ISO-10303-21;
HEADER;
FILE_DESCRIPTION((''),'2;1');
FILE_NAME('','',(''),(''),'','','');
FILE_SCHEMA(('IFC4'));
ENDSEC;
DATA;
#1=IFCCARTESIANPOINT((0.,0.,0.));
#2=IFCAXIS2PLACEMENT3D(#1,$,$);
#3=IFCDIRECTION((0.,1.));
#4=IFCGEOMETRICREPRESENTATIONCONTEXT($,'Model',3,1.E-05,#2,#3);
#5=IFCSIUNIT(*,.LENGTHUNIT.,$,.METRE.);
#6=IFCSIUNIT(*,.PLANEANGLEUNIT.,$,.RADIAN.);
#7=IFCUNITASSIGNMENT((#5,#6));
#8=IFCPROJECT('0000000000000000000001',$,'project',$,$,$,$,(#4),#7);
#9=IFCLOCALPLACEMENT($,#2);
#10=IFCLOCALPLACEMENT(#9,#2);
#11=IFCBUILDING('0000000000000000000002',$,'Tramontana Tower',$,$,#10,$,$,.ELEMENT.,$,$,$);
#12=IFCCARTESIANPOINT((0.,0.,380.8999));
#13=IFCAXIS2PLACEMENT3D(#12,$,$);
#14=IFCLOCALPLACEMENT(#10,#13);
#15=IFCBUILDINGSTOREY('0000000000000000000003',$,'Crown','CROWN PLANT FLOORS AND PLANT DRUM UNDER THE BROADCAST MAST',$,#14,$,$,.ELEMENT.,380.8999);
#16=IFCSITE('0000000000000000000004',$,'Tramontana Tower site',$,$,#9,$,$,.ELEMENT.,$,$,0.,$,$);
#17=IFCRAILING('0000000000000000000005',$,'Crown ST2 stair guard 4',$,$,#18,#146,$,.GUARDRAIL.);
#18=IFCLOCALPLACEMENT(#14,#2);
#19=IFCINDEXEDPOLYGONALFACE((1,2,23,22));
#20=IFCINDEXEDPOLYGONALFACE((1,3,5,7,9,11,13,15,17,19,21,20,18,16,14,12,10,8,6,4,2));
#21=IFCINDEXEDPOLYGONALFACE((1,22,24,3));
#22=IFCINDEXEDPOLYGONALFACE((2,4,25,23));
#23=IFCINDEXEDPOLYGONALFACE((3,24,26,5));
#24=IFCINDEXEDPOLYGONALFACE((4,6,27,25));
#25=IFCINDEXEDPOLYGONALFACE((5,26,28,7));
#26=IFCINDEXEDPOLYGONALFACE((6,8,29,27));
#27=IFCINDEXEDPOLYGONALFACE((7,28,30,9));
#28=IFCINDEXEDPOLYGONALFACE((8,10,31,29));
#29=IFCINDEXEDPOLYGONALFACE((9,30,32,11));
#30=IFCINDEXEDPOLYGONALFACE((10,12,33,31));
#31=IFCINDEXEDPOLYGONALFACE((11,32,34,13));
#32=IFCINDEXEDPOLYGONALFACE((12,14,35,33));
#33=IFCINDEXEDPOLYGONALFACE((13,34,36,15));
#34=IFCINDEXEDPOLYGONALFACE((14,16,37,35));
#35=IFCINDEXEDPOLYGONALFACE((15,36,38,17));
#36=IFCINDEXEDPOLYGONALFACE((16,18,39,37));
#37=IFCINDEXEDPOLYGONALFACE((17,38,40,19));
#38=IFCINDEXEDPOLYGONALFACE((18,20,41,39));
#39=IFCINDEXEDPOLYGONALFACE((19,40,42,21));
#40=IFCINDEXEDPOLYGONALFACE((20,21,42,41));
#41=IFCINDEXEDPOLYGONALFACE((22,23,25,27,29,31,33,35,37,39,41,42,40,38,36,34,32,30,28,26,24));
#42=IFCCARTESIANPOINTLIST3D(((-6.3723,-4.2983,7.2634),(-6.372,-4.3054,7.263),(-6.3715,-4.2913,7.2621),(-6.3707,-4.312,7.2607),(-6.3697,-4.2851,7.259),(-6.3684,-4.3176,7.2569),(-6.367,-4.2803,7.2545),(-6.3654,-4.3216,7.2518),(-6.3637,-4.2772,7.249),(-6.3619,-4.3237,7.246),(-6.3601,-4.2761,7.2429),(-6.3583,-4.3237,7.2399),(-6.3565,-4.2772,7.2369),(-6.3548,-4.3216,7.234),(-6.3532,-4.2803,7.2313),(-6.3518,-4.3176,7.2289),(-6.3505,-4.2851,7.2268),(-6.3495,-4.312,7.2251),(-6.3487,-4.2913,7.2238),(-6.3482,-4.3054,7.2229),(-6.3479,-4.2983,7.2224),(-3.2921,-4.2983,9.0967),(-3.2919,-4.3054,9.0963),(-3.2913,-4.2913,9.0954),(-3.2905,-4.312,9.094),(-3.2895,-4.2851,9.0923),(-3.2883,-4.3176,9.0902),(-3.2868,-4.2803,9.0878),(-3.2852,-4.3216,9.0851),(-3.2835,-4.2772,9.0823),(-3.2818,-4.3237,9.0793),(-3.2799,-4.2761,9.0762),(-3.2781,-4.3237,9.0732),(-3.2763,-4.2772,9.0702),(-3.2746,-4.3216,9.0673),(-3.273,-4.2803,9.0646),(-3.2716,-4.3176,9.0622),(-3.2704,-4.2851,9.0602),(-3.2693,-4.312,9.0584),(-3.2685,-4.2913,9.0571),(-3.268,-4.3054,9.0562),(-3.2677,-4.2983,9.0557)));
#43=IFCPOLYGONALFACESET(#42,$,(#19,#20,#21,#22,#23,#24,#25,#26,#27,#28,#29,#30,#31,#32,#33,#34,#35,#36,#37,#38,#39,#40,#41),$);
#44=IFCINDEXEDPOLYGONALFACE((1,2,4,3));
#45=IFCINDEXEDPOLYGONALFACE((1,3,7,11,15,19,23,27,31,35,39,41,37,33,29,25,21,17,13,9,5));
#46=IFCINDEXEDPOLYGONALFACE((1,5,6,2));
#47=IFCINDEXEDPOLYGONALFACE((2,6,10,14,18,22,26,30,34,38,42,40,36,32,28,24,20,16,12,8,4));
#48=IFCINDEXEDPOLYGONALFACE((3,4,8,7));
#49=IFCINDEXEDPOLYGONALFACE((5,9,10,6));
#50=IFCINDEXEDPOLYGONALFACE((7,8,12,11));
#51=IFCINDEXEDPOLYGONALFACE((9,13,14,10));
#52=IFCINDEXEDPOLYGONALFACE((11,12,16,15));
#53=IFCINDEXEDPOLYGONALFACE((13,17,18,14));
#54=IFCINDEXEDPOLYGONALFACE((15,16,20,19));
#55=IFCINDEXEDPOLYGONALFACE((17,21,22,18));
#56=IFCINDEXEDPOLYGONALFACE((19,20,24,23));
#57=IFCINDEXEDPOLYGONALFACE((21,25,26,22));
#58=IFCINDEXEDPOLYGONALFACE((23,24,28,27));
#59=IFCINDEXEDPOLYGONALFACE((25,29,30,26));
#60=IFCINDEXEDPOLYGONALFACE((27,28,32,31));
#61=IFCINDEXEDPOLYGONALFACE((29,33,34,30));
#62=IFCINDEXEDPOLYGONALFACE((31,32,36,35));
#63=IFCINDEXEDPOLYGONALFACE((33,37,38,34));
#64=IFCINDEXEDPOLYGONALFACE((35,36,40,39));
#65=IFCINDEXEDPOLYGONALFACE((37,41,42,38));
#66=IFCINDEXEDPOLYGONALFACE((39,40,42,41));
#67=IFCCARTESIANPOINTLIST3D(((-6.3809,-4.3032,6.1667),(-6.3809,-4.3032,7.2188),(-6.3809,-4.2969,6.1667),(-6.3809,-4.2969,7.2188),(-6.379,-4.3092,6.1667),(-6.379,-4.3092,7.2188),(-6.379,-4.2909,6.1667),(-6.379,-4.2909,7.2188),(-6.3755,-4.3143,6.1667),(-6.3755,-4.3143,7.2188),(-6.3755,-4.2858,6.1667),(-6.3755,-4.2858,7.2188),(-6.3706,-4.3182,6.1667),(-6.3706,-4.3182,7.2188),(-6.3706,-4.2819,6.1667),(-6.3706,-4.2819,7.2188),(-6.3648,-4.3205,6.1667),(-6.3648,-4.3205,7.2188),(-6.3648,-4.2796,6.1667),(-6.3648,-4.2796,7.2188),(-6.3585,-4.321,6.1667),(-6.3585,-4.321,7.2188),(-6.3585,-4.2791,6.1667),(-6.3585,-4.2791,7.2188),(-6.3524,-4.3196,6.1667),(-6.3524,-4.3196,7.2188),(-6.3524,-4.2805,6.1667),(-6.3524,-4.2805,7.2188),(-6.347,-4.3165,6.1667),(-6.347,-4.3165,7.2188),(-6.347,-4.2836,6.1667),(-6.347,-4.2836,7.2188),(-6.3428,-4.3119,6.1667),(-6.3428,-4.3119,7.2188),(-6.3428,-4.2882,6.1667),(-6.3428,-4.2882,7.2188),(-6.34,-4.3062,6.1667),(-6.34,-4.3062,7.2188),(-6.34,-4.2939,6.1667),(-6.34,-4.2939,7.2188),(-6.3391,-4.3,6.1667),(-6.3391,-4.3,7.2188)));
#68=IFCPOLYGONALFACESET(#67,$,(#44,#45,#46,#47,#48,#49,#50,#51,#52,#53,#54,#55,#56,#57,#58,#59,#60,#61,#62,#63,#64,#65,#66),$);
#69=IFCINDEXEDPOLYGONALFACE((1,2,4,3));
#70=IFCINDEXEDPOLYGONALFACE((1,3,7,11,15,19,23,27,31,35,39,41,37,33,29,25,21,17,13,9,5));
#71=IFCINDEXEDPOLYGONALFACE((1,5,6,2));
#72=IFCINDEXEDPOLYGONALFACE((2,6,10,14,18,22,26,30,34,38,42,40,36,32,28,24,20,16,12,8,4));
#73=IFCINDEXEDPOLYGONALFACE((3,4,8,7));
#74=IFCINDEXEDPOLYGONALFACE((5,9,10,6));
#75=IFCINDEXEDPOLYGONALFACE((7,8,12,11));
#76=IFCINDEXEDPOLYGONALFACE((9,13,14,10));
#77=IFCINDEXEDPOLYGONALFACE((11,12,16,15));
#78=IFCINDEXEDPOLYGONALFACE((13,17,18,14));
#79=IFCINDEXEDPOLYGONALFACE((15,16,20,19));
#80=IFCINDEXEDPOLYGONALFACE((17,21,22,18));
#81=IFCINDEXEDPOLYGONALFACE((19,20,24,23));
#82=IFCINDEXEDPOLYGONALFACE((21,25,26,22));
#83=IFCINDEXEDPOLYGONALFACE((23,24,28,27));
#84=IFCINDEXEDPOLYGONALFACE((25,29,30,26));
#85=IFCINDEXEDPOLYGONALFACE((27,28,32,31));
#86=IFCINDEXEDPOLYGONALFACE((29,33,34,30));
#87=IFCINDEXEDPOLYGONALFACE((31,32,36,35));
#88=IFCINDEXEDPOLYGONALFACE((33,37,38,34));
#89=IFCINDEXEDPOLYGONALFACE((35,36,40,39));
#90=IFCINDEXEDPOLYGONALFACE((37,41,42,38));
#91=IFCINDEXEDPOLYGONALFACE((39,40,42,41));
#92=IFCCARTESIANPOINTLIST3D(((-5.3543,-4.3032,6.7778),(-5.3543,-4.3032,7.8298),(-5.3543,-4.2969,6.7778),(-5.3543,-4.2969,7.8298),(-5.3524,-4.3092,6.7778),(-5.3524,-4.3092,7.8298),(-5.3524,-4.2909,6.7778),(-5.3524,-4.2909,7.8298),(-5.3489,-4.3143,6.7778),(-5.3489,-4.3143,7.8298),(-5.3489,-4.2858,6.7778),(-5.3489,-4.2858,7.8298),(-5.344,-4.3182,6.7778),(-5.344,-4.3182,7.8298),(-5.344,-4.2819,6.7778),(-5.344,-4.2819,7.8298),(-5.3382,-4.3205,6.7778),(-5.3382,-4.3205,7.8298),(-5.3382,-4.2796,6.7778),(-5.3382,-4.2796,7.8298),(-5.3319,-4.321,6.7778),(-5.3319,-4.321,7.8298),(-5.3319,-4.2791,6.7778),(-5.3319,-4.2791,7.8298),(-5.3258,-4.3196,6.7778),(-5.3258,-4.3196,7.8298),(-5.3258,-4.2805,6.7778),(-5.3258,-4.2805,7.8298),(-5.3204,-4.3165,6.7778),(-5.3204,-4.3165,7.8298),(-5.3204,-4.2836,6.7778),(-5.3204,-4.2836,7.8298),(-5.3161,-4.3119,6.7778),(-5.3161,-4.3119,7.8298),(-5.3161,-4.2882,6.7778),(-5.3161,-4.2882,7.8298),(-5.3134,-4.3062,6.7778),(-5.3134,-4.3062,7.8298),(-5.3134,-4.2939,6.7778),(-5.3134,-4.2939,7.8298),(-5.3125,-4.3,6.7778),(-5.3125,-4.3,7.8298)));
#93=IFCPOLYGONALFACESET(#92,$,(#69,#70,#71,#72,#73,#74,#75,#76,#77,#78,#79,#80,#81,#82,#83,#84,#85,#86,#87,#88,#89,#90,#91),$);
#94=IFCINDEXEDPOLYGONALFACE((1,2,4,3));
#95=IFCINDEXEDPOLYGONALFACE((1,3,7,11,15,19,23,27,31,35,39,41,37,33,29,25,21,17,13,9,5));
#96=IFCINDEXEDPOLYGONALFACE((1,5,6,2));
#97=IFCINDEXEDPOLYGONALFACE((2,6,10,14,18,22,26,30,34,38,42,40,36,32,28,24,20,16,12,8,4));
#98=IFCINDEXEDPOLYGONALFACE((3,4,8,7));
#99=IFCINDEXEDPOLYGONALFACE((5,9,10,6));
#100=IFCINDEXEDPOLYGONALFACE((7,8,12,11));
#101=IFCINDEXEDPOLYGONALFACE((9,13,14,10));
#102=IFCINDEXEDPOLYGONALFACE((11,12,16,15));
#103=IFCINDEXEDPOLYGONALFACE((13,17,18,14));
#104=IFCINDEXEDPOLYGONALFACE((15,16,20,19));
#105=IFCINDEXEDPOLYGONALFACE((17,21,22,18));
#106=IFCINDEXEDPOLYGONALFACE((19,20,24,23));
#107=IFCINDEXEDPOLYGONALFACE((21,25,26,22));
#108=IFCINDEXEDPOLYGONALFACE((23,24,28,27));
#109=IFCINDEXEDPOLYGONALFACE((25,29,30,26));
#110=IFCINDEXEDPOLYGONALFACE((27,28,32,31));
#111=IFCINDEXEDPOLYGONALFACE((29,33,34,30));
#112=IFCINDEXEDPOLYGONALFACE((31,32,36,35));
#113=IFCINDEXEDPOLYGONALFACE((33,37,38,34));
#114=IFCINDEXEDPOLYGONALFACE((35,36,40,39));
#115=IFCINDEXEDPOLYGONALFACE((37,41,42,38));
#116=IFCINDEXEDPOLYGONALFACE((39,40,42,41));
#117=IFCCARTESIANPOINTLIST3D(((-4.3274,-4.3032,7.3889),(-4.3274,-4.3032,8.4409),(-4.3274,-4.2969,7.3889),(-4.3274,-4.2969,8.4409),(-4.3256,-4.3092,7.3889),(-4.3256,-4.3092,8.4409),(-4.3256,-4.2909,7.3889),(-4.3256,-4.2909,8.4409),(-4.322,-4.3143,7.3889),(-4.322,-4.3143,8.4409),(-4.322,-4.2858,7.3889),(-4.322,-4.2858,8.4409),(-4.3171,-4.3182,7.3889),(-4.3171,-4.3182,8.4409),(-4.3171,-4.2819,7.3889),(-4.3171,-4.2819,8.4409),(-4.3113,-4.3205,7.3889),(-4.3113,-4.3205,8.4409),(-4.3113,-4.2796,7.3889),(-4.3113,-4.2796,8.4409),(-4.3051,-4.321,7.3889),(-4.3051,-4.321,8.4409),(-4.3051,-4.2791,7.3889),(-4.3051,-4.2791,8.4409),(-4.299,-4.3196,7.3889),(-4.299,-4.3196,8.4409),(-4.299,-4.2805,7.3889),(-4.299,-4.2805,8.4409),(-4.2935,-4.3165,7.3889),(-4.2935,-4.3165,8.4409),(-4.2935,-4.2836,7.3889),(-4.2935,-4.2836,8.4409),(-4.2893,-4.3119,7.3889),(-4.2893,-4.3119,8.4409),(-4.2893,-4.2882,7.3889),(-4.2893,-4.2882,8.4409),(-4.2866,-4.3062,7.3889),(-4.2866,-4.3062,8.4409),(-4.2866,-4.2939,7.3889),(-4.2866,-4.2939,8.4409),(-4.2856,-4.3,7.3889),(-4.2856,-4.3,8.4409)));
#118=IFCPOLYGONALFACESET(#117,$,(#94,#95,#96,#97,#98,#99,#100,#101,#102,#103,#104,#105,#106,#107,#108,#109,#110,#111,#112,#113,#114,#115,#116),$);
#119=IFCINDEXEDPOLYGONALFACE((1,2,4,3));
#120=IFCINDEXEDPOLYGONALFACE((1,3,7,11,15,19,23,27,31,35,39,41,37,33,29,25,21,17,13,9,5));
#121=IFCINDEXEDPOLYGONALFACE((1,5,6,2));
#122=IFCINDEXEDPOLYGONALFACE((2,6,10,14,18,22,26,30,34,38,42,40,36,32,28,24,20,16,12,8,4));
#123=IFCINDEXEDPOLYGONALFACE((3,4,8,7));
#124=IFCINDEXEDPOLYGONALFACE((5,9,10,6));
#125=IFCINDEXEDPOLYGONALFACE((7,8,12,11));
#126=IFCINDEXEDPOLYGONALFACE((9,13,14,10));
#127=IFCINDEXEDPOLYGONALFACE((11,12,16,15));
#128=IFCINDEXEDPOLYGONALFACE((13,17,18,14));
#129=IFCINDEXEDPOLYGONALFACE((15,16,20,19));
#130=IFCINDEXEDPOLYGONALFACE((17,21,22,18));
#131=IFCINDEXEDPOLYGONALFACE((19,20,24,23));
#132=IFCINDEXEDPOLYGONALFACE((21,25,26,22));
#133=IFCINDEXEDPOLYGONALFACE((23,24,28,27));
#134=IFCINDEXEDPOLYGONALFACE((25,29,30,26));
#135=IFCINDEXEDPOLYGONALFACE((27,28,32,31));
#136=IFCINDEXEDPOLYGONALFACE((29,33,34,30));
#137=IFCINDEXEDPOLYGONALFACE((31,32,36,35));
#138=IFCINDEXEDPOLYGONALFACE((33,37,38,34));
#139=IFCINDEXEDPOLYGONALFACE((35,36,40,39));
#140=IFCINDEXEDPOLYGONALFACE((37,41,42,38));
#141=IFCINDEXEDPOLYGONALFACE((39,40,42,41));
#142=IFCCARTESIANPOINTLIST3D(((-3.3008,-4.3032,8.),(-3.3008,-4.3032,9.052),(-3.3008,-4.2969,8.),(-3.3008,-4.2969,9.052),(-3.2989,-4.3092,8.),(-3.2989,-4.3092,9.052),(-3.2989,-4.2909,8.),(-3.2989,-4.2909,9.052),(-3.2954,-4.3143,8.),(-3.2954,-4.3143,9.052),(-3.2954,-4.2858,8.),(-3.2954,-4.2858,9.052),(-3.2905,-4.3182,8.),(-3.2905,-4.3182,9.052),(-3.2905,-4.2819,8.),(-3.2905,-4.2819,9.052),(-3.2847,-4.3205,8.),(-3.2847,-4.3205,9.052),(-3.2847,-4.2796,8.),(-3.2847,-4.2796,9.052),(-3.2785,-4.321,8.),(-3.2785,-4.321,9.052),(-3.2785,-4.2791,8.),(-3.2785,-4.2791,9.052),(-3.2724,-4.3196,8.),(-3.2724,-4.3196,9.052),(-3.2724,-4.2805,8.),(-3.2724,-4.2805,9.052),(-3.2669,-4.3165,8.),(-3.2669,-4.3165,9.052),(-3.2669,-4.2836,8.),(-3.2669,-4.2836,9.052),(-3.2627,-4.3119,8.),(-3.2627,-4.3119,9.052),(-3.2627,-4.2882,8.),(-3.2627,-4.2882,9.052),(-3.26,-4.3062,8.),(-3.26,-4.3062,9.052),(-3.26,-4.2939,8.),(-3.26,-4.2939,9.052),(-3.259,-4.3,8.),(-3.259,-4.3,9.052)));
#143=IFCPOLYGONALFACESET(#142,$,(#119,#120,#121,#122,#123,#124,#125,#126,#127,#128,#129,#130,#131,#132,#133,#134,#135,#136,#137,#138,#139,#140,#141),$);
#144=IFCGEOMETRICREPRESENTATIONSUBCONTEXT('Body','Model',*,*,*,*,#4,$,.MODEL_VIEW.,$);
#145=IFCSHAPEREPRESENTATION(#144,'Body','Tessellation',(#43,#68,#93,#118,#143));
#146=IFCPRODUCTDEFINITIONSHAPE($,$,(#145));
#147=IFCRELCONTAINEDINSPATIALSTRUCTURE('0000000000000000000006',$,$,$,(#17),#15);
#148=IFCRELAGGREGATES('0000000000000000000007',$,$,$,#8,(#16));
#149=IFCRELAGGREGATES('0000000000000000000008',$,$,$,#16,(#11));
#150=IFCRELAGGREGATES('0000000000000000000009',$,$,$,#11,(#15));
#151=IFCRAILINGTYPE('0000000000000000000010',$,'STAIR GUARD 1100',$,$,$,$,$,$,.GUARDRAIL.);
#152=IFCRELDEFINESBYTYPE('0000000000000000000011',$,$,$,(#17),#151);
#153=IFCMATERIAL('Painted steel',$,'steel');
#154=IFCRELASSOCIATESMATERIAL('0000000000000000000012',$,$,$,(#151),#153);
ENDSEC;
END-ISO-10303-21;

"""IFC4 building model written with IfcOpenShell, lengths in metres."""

from ifc_helpers import new_model, si_unit, direction, frame, origin, origin_2d, place, context, subcontext, project, spatial, circle, extrude, material, type_object, element, save


model = new_model("IFC4")

# Units and contexts
model_context = context("Model", 3, precision=1e-05, world=origin(), true_north=direction((0.0, 1.0)))
body_context = subcontext(model_context, "Body", "Model", "MODEL_VIEW")
ifc_project = project(units=[si_unit("LENGTHUNIT", "METRE"), si_unit("PLANEANGLEUNIT", "RADIAN")], contexts=[model_context])

# Site, building, storey
site_placement = place(None, origin())
site = spatial("IfcSite", under=ifc_project, at=site_placement, Name="Tramontana Tower site", CompositionType="ELEMENT", RefElevation=0.0)
building_placement = place(site_placement, origin())
building = spatial("IfcBuilding", under=site, at=building_placement, Name="Tramontana Tower", CompositionType="ELEMENT")
storey_placement = place(building_placement, frame((0.0, 0.0, 380.8999)))
storey = spatial("IfcBuildingStorey", under=building, at=storey_placement, Name="Crown", Description="CROWN PLANT FLOORS AND PLANT DRUM UNDER THE BROADCAST MAST", CompositionType="ELEMENT", Elevation=380.8999)

# Railing
ifc_material_1 = material(Name="Painted steel", Category="steel")
railing_type_1 = type_object("IfcRailingType", Name="STAIR GUARD 1100", PredefinedType="GUARDRAIL", material=ifc_material_1)
railing_1_placement = place(storey_placement, frame((-6.3601, -4.3, 6.1667)))
element("IfcRailing", 1, at=railing_1_placement, inside=storey, type_object=railing_type_1, Name="Crown ST2 stair guard 4", PredefinedType="GUARDRAIL", context=body_context, shape_type="SweptSolid", body=[
    extrude(circle(Radius=0.0239, at=origin_2d()), frame((0.0, 0.0, 1.0762), z_axis=(0.859309, 0.0, 0.511458), x_axis=(0.0, 1.0, 0.0)), (0.0, 0.0, 1.0), 3.5845),
    extrude(circle(Radius=0.021, at=origin_2d()), origin(), (0.0, 0.0, 1.0), 1.052),
    extrude(circle(Radius=0.021, at=origin_2d()), frame((1.0266, 0.0, 0.6111)), (0.0, 0.0, 1.0), 1.052),
    extrude(circle(Radius=0.021, at=origin_2d()), frame((2.0535, 0.0, 1.2222)), (0.0, 0.0, 1.0), 1.052),
    extrude(circle(Radius=0.021, at=origin_2d()), frame((3.0801, 0.0, 1.8333)), (0.0, 0.0, 1.0), 1.052),
])

save(model, "model.ifc")
